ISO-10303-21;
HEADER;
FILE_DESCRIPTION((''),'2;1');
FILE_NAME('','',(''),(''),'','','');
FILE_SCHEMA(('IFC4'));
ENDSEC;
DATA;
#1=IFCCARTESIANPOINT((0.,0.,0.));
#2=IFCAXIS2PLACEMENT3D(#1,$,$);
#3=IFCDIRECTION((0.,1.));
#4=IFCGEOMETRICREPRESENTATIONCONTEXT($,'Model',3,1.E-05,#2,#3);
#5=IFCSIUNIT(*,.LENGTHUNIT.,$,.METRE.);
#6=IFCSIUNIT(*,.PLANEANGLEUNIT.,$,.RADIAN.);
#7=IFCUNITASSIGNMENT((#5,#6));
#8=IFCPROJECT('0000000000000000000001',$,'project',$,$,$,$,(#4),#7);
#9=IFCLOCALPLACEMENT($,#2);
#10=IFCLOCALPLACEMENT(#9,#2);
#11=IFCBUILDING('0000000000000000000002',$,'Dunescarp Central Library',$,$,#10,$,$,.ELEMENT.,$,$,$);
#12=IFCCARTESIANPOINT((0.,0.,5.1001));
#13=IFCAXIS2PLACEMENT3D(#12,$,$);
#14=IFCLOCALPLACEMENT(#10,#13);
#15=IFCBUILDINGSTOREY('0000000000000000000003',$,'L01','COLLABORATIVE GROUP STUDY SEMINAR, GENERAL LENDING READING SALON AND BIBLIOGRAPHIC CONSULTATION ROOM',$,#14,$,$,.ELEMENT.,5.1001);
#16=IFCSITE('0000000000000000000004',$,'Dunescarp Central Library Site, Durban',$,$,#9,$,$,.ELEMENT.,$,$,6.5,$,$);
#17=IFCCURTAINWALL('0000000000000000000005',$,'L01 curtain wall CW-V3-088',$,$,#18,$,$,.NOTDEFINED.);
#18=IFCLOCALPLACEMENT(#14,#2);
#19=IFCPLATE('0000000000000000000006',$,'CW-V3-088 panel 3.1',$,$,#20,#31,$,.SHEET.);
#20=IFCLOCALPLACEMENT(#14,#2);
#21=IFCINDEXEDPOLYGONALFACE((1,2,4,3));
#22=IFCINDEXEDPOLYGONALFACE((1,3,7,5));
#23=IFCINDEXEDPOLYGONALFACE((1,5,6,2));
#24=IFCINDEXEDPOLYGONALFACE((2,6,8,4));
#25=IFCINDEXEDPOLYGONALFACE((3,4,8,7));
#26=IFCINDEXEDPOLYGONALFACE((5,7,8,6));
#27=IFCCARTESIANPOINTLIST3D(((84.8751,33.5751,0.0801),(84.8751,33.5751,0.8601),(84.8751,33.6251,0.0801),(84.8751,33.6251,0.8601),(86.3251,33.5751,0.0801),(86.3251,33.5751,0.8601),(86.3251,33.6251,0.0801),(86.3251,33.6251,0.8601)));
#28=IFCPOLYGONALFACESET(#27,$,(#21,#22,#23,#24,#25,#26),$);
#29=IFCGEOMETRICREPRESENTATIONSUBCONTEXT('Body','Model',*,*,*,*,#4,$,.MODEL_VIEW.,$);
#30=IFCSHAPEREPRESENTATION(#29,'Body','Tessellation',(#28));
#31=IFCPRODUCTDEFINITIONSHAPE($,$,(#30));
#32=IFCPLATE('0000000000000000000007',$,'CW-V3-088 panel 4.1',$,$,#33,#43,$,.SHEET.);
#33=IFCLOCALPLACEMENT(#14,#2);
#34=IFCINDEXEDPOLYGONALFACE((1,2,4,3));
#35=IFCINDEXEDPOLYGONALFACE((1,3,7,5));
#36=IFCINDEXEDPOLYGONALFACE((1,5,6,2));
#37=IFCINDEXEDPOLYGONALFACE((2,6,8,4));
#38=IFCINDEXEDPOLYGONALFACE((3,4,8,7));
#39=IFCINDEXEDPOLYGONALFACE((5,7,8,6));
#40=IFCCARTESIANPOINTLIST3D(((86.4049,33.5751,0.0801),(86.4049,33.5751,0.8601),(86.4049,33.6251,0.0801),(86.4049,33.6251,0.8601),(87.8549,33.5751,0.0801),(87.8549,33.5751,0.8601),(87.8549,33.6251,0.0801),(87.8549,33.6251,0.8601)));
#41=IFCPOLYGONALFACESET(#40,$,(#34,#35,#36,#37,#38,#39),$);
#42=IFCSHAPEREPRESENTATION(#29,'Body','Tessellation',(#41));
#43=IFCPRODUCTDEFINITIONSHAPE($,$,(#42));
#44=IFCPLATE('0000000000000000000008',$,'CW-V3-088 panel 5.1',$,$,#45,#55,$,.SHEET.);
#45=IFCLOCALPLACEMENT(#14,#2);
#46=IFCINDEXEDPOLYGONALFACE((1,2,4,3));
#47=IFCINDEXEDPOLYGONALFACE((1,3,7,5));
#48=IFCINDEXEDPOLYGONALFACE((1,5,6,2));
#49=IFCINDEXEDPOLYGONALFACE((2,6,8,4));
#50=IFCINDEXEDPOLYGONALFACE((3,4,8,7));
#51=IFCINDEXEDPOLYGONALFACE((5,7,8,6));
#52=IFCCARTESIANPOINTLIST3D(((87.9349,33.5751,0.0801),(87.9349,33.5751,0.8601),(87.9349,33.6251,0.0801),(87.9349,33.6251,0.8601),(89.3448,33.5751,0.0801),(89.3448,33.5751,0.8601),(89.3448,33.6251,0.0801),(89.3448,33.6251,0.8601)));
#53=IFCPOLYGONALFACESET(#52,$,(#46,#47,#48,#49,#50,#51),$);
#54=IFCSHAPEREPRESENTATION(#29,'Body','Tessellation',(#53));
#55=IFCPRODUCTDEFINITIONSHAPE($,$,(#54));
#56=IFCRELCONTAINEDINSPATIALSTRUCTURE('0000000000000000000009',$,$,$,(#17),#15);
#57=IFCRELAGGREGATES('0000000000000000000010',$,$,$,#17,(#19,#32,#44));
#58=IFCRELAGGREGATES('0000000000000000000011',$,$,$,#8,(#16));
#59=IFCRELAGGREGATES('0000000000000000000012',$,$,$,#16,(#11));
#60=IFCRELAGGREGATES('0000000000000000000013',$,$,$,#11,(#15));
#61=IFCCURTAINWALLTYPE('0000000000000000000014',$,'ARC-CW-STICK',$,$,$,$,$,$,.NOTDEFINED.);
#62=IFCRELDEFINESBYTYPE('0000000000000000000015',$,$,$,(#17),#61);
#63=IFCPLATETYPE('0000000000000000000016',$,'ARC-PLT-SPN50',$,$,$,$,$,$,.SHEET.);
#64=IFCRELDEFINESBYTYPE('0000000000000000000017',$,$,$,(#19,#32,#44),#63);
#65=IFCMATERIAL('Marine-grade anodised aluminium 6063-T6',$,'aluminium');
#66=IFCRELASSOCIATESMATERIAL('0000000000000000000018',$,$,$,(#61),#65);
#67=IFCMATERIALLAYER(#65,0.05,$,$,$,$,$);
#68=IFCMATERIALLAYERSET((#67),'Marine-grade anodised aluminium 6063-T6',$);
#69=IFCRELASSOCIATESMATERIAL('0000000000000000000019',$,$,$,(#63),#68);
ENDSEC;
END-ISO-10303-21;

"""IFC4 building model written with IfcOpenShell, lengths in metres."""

from ifc_helpers import new_model, si_unit, direction, frame, origin, origin_2d, place, context, subcontext, project, spatial, rectangle, extrude, material, layer, layer_set, type_object, element, aggregate, save


model = new_model("IFC4")

# Units and contexts
model_context = context("Model", 3, precision=1e-05, world=origin(), true_north=direction((0.0, 1.0)))
body_context = subcontext(model_context, "Body", "Model", "MODEL_VIEW")
ifc_project = project(units=[si_unit("LENGTHUNIT", "METRE"), si_unit("PLANEANGLEUNIT", "RADIAN")], contexts=[model_context])

# Site, building, storey
site_placement = place(None, origin())
site = spatial("IfcSite", under=ifc_project, at=site_placement, Name="Dunescarp Central Library Site, Durban", CompositionType="ELEMENT", RefElevation=6.5)
building_placement = place(site_placement, origin())
building = spatial("IfcBuilding", under=site, at=building_placement, Name="Dunescarp Central Library", CompositionType="ELEMENT")
storey_placement = place(building_placement, frame((0.0, 0.0, 5.1001)))
storey = spatial("IfcBuildingStorey", under=building, at=storey_placement, Name="L01", Description="COLLABORATIVE GROUP STUDY SEMINAR, GENERAL LENDING READING SALON AND BIBLIOGRAPHIC CONSULTATION ROOM", CompositionType="ELEMENT", Elevation=5.1001)

# Curtain wall
ifc_material_1 = material(Name="Marine-grade anodised aluminium 6063-T6", Category="aluminium")
curtain_wall_type = type_object("IfcCurtainWallType", Name="ARC-CW-STICK", PredefinedType="NOTDEFINED", material=ifc_material_1)
curtain_wall_1_placement = place(storey_placement, origin())
curtain_wall_1 = element("IfcCurtainWall", 1, at=curtain_wall_1_placement, inside=storey, type_object=curtain_wall_type, Name="L01 curtain wall CW-V3-088", PredefinedType="NOTDEFINED")

# Plates
ifc_layer_1 = layer(ifc_material_1, 0.05)
ifc_layer_set_1 = layer_set([ifc_layer_1], Name="Marine-grade anodised aluminium 6063-T6")
plate_type_1 = type_object("IfcPlateType", Name="ARC-PLT-SPN50", PredefinedType="SHEET", material=ifc_layer_set_1)
plate_1_placement = place(storey_placement, frame((85.6001, 33.6001, 0.0801), z_axis=(0.0, 0.0, 1.0), x_axis=(1.0, 0.0, 0.0)))
plate_1 = element("IfcPlate", 2, at=plate_1_placement, type_object=plate_type_1, Name="CW-V3-088 panel 3.1", PredefinedType="SHEET", context=body_context, shape_type="SweptSolid", body=[
    extrude(rectangle(XDim=1.45, YDim=0.05, at=origin_2d()), origin(), (0.0, 0.0, 1.0), 0.78),
])
plate_2_placement = place(storey_placement, frame((87.1299, 33.6001, 0.0801), z_axis=(0.0, 0.0, 1.0), x_axis=(1.0, 0.0, 0.0)))
plate_2 = element("IfcPlate", 3, at=plate_2_placement, type_object=plate_type_1, Name="CW-V3-088 panel 4.1", PredefinedType="SHEET", context=body_context, shape_type="SweptSolid", body=[
    extrude(rectangle(XDim=1.45, YDim=0.05, at=origin_2d()), origin(), (0.0, 0.0, 1.0), 0.78),
])
plate_3_placement = place(storey_placement, frame((88.6399, 33.6001, 0.0801), z_axis=(0.0, 0.0, 1.0), x_axis=(1.0, 0.0, 0.0)))
plate_3 = element("IfcPlate", 4, at=plate_3_placement, type_object=plate_type_1, Name="CW-V3-088 panel 5.1", PredefinedType="SHEET", context=body_context, shape_type="SweptSolid", body=[
    extrude(rectangle(XDim=1.4099, YDim=0.05, at=origin_2d()), origin(), (0.0, 0.0, 1.0), 0.78),
])
aggregate(curtain_wall_1, [plate_1, plate_2, plate_3])

save(model, "model.ifc")
